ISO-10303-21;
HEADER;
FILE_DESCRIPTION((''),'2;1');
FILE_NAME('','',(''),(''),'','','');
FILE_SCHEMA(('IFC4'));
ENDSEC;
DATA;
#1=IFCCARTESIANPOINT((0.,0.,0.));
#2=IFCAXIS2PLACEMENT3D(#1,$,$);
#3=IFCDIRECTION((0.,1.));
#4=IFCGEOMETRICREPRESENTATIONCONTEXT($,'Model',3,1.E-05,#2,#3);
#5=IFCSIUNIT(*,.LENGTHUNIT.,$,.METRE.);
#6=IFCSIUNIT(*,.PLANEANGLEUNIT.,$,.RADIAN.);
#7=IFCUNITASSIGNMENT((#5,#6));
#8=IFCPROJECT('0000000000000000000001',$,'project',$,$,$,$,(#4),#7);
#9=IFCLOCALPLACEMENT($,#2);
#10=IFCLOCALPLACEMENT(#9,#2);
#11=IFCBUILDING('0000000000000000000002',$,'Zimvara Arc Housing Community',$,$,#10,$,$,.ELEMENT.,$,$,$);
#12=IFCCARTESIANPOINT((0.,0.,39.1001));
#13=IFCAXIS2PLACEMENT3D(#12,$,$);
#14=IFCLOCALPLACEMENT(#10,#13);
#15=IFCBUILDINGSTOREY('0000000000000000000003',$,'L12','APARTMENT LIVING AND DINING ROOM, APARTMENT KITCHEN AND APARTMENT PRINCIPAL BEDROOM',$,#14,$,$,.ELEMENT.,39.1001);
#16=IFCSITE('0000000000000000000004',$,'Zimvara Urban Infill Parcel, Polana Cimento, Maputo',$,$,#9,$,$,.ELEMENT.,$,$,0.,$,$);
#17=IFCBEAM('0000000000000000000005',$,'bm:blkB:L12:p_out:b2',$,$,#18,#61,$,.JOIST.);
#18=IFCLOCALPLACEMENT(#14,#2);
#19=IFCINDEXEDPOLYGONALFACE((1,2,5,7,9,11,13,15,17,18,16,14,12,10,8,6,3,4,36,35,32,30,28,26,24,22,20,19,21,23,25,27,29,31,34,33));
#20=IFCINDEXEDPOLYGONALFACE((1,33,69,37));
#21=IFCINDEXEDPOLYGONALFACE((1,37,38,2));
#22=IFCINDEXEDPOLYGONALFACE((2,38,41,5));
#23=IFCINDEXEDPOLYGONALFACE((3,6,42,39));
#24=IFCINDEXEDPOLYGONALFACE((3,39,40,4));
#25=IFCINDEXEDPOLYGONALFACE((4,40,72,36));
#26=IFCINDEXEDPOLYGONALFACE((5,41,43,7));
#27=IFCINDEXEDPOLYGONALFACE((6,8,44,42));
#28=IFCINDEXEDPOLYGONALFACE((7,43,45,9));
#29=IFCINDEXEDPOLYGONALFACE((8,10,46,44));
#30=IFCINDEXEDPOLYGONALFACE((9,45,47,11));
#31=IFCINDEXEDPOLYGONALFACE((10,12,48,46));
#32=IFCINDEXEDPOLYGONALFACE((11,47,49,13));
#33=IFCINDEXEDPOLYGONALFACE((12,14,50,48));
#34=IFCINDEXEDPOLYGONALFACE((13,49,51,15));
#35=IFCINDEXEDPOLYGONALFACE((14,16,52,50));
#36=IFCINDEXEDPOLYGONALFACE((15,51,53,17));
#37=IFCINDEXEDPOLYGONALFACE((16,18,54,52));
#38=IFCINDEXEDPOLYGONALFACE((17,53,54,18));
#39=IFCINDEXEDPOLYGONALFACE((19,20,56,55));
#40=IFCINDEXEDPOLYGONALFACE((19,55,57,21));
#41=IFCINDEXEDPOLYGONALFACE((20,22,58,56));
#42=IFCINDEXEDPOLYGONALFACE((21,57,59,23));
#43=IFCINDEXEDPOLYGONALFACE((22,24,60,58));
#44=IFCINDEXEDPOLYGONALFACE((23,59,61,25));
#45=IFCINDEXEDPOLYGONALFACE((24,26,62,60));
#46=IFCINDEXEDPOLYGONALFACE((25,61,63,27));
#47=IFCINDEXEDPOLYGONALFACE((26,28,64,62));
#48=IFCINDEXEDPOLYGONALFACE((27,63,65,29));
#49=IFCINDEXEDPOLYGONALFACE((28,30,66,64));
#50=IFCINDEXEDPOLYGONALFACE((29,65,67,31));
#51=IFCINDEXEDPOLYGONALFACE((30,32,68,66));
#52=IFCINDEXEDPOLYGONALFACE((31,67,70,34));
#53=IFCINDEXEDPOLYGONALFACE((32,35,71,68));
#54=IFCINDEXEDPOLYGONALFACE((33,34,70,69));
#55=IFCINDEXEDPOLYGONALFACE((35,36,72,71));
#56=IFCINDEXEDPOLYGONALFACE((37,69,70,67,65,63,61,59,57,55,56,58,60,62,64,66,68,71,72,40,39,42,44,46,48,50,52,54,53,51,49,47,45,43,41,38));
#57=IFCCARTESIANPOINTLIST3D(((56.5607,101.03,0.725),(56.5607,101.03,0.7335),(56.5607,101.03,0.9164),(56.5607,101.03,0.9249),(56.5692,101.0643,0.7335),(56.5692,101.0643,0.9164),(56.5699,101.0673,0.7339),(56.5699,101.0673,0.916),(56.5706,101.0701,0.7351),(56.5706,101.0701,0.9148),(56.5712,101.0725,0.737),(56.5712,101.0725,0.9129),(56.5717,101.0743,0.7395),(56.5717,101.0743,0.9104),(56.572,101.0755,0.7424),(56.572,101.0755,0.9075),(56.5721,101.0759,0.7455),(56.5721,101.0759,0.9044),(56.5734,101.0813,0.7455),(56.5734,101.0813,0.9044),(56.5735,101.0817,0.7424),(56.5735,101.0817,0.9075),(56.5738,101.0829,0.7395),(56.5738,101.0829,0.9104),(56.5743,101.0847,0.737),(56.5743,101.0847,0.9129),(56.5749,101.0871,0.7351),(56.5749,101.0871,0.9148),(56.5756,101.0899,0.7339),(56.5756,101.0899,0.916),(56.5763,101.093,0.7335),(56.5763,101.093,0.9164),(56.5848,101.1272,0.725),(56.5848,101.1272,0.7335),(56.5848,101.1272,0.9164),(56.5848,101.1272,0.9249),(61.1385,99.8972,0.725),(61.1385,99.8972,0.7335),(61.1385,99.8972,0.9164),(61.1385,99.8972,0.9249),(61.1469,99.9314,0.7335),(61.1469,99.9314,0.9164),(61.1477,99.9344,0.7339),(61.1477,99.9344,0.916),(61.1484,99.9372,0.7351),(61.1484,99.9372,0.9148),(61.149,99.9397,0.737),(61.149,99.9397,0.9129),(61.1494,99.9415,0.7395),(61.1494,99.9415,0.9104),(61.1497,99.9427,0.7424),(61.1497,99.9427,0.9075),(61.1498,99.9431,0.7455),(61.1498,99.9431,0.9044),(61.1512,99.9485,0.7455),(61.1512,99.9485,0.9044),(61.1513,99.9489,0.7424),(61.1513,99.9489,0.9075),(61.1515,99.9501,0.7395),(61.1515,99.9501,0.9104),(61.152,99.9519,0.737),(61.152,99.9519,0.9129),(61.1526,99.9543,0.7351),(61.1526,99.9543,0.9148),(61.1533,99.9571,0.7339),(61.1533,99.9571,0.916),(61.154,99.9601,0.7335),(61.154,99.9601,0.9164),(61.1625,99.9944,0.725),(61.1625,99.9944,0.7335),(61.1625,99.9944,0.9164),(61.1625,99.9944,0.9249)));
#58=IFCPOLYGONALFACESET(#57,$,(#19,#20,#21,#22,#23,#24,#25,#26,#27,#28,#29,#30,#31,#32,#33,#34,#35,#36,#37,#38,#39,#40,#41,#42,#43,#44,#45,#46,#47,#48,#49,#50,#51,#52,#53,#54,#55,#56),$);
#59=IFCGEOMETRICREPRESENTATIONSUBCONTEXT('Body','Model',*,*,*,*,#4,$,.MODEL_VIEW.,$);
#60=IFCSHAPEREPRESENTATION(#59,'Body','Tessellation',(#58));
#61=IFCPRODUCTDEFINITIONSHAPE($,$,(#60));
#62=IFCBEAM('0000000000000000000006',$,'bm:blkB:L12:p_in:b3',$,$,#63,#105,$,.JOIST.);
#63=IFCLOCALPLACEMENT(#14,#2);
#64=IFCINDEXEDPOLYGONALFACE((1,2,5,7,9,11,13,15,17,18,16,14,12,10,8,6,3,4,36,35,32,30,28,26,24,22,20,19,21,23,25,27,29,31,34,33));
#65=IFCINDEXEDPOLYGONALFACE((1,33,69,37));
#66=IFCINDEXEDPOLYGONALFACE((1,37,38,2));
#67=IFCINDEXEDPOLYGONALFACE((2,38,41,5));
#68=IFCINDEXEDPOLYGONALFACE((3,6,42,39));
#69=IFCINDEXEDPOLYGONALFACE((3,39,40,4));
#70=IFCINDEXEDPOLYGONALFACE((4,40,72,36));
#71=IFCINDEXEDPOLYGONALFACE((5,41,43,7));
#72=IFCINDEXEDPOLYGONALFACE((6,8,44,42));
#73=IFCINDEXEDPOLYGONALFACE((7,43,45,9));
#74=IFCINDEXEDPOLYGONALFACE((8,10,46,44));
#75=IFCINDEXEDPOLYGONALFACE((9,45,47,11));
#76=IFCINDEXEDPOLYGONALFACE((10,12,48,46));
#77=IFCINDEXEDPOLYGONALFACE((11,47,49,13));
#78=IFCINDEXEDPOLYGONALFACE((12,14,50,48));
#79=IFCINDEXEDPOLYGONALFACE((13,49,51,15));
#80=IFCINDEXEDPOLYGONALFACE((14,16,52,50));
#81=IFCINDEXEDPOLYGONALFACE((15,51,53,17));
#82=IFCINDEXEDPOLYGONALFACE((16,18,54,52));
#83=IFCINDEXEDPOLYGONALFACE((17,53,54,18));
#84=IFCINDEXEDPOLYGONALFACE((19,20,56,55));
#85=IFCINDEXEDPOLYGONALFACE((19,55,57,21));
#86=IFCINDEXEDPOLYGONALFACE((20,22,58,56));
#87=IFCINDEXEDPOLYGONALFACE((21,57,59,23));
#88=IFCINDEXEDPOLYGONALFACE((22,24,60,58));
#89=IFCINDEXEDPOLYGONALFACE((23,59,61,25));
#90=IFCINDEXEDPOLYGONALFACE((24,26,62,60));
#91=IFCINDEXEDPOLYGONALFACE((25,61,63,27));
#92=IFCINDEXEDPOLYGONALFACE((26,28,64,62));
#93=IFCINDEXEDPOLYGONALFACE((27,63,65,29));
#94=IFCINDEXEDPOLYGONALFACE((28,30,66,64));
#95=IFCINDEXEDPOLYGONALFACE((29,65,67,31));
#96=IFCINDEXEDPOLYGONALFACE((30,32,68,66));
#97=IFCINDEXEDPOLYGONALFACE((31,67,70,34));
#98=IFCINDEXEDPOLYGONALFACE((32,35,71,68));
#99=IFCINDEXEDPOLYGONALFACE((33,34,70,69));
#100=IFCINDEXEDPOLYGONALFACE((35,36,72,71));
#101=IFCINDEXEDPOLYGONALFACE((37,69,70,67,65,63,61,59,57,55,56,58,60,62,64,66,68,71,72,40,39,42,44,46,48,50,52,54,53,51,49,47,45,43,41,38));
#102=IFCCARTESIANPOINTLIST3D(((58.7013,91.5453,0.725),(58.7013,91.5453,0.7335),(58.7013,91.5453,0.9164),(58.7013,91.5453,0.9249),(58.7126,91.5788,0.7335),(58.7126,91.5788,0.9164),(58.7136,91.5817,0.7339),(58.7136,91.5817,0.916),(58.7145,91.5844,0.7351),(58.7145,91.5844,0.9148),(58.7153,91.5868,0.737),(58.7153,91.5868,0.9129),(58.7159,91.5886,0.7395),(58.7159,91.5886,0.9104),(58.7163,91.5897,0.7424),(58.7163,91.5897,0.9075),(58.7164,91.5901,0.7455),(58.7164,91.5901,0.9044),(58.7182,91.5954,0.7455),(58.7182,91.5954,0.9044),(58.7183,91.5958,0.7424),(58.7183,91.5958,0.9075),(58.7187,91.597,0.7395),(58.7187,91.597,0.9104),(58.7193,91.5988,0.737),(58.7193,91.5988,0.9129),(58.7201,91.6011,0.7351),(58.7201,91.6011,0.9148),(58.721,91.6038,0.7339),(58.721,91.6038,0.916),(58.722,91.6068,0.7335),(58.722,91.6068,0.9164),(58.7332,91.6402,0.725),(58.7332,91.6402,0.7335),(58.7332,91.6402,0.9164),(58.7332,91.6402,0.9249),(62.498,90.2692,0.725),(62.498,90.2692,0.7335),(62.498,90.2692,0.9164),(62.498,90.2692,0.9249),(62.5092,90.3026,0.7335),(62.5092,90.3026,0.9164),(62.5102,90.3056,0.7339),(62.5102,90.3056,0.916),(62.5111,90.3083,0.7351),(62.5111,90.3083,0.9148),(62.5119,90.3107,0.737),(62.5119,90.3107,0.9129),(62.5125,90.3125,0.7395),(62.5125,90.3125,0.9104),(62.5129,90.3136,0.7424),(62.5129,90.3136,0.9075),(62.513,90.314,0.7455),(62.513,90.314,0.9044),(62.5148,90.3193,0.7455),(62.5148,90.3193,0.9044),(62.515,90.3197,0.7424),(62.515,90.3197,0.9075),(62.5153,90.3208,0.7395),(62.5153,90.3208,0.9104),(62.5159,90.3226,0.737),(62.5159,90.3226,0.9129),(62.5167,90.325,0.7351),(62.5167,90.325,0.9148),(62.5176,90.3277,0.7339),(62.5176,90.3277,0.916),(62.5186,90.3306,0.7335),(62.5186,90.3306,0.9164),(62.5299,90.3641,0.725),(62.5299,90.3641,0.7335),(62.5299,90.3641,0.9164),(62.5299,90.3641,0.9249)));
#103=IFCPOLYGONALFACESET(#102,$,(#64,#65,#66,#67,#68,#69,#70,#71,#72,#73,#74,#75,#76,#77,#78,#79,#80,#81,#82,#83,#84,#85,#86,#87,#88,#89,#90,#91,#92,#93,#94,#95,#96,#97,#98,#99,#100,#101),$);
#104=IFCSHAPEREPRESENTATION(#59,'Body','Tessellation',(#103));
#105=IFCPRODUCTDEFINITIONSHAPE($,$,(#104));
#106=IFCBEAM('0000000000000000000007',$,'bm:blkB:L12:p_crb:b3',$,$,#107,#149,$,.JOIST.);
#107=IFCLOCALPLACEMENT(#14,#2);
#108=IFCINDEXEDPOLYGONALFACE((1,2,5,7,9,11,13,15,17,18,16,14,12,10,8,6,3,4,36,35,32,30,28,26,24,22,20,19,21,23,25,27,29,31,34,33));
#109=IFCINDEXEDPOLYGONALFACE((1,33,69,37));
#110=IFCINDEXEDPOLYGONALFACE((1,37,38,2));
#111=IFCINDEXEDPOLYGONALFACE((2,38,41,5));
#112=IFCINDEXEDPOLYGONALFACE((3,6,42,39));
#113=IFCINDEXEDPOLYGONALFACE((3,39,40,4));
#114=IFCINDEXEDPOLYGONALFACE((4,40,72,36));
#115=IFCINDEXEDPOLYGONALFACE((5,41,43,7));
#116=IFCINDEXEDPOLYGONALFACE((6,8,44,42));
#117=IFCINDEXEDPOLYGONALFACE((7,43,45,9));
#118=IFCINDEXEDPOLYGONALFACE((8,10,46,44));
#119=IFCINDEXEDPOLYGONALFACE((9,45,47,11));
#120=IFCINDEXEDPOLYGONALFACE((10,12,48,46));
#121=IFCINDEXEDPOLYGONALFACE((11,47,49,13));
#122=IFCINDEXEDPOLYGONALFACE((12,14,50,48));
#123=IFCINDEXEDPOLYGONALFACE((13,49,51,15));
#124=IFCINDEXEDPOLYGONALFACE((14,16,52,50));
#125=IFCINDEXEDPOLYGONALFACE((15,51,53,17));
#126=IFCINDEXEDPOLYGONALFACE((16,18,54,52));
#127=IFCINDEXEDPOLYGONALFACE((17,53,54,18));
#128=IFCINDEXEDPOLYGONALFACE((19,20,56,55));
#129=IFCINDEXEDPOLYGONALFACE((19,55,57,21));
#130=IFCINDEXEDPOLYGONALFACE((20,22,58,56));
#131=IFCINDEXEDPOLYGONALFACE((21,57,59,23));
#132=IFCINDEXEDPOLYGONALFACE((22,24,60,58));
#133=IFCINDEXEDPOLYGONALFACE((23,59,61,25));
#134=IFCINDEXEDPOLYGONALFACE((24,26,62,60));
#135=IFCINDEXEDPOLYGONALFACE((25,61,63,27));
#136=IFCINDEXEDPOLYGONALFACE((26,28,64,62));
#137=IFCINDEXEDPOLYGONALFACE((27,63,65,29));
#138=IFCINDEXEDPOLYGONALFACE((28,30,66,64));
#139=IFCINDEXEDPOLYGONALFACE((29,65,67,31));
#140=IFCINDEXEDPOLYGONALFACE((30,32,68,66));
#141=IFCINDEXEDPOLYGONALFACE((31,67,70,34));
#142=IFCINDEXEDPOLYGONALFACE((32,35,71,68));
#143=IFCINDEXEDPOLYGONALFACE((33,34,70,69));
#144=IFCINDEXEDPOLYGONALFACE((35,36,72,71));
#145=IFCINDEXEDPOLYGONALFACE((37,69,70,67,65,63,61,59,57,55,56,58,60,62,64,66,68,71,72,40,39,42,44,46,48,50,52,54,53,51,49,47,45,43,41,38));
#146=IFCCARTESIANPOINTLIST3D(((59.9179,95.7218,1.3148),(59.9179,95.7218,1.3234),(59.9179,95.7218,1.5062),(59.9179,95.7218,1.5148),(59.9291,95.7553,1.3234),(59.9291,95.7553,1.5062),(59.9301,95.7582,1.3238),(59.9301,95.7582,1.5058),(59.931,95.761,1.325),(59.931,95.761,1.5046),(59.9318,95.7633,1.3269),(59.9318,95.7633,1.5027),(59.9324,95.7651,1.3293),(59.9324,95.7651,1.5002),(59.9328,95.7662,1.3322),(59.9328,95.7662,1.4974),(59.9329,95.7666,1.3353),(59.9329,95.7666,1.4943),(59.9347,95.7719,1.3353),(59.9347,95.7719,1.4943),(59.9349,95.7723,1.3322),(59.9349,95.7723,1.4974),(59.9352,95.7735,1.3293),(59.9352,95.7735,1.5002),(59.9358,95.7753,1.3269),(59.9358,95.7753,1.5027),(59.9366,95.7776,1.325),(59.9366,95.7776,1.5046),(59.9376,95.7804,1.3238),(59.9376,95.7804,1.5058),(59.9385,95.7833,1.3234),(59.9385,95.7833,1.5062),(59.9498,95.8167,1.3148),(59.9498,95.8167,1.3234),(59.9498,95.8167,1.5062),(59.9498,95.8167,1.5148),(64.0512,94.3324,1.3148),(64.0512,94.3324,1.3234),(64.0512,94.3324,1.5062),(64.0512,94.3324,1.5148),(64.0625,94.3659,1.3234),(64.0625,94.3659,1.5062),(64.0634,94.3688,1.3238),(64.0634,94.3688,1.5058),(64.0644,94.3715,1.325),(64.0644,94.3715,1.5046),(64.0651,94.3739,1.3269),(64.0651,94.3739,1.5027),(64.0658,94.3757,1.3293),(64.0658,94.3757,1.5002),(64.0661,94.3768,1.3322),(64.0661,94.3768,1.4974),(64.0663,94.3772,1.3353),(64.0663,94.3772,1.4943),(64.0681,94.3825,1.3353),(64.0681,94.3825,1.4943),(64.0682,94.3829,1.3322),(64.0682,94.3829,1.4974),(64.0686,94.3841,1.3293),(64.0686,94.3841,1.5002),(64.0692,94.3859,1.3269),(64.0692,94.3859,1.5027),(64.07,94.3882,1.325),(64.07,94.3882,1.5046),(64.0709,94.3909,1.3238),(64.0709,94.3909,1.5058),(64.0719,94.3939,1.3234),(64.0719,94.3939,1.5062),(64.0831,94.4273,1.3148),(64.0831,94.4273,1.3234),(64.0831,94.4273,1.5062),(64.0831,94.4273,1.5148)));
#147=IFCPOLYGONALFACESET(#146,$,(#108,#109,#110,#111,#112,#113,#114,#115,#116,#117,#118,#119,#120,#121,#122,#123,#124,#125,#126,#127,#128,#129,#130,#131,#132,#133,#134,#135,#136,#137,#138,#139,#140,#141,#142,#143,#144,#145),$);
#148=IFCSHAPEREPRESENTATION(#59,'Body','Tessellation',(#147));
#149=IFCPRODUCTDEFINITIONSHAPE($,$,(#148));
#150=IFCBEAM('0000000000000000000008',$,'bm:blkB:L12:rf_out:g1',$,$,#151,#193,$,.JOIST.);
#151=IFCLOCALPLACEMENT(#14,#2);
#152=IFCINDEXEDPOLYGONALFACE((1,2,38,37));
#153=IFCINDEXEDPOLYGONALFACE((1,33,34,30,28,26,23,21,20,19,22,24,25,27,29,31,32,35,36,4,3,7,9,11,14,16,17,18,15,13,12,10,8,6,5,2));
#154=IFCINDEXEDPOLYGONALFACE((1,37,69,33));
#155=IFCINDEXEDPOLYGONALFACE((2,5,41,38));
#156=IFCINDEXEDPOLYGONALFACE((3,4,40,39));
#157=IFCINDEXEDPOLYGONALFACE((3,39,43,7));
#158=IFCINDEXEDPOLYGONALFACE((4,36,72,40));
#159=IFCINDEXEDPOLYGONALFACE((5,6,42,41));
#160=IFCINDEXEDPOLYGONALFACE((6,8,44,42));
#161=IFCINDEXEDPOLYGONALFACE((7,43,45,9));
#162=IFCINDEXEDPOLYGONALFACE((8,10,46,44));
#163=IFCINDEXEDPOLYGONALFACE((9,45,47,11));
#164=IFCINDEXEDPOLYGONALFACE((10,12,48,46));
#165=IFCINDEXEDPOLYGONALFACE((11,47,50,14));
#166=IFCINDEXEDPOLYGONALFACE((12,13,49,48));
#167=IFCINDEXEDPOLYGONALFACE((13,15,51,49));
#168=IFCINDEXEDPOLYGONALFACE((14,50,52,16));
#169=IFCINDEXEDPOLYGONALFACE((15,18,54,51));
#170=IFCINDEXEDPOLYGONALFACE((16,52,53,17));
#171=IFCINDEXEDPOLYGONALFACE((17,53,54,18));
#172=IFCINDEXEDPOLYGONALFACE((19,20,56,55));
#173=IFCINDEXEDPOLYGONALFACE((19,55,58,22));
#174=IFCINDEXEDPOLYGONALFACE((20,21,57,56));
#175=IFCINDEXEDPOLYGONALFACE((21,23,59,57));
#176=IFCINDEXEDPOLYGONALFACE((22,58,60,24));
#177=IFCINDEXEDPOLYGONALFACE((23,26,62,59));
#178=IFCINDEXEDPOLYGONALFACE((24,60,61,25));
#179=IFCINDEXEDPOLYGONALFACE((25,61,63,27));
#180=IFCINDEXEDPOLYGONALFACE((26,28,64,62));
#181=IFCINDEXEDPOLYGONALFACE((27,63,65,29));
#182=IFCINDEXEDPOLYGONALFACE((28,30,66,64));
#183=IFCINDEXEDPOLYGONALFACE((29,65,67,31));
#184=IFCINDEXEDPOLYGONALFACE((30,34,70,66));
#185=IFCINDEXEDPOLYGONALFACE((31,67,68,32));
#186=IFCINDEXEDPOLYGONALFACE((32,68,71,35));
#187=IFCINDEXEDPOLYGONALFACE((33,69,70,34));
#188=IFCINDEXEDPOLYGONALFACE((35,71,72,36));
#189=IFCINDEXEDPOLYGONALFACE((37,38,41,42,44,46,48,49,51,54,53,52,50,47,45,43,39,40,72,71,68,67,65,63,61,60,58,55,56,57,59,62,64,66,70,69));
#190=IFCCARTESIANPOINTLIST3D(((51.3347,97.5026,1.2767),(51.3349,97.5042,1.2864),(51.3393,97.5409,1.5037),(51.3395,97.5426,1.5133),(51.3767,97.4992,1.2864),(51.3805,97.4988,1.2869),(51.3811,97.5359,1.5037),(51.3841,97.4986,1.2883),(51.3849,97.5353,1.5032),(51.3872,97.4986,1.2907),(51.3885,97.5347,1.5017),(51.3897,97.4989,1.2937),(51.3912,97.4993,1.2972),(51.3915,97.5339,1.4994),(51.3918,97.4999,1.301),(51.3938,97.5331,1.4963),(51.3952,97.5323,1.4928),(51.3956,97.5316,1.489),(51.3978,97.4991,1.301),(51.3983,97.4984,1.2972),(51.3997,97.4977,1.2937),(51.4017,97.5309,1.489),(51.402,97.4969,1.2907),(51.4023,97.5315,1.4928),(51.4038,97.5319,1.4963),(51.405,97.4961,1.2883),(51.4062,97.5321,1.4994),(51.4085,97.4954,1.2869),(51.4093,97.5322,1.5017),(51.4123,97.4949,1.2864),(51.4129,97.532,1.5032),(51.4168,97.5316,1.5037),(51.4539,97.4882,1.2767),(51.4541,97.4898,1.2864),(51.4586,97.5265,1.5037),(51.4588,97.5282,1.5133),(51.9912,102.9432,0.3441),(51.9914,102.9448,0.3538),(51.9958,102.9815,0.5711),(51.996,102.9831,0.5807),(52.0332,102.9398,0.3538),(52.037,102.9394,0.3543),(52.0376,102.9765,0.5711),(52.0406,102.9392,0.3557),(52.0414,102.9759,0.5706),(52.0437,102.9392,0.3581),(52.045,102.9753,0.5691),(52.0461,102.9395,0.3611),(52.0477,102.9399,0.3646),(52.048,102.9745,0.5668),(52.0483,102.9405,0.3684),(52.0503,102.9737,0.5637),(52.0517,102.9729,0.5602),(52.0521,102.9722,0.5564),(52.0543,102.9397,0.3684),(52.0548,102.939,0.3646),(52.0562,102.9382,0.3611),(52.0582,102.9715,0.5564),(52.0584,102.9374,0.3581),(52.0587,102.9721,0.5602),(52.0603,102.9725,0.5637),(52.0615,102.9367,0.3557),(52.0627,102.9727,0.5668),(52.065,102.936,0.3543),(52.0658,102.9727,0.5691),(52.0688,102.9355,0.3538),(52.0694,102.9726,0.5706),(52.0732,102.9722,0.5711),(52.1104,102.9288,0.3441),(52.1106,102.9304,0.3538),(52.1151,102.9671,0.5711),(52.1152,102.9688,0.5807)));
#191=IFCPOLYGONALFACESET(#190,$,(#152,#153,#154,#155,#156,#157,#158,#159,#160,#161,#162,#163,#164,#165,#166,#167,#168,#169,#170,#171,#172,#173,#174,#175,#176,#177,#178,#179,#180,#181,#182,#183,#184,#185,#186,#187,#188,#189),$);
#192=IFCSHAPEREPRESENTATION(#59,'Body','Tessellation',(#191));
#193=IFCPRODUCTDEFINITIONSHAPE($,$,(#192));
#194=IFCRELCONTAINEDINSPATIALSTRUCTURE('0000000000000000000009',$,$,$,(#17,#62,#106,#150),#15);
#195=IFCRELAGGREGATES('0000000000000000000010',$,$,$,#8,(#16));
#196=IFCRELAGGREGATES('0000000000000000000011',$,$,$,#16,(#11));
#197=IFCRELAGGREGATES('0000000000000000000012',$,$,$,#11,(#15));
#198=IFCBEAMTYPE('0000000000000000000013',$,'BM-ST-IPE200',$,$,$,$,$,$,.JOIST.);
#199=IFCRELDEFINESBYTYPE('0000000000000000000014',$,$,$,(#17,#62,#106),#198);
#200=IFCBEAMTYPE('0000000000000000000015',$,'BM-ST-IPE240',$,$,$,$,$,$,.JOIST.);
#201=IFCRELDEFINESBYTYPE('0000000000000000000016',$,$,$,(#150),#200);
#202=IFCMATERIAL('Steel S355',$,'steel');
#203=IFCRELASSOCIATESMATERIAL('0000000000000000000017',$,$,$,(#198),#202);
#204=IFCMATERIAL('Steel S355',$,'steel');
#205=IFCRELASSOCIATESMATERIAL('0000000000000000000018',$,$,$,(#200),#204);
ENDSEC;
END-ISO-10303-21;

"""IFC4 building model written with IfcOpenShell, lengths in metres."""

from ifc_helpers import new_model, si_unit, direction, frame, origin, origin_2d, place, context, subcontext, project, spatial, i_section, extrude, material, material_profile, profile_set, type_object, element, save


model = new_model("IFC4")

# Units and contexts
model_context = context("Model", 3, precision=1e-05, world=origin(), true_north=direction((0.0, 1.0)))
body_context = subcontext(model_context, "Body", "Model", "MODEL_VIEW")
ifc_project = project(units=[si_unit("LENGTHUNIT", "METRE"), si_unit("PLANEANGLEUNIT", "RADIAN")], contexts=[model_context])

# Site, building, storey
site_placement = place(None, origin())
site = spatial("IfcSite", under=ifc_project, at=site_placement, Name="Zimvara Urban Infill Parcel, Polana Cimento, Maputo", CompositionType="ELEMENT", RefElevation=0.0)
building_placement = place(site_placement, origin())
building = spatial("IfcBuilding", under=site, at=building_placement, Name="Zimvara Arc Housing Community", CompositionType="ELEMENT")
storey_placement = place(building_placement, frame((0.0, 0.0, 39.1001)))
storey = spatial("IfcBuildingStorey", under=building, at=storey_placement, Name="L12", Description="APARTMENT LIVING AND DINING ROOM, APARTMENT KITCHEN AND APARTMENT PRINCIPAL BEDROOM", CompositionType="ELEMENT", Elevation=39.1001)

# Beams
ifc_material_1 = material(Name="Steel S355", Category="steel")
ifc_material_profile_1 = material_profile(ifc_material_1, i_section(OverallWidth=0.1001, OverallDepth=0.2, WebThickness=0.0056, FlangeThickness=0.0085, FilletRadius=0.012, at=origin_2d()), Name="IPE 200")
ifc_profile_set_1 = profile_set([ifc_material_profile_1], Name="Steel S355")
beam_type_1 = type_object("IfcBeamType", Name="BM-ST-IPE200", PredefinedType="JOIST", material=ifc_profile_set_1)
beam_1_placement = place(storey_placement, frame((56.5728, 101.0786, 0.825), z_axis=(0.970718, -0.24022, 0.0), x_axis=(0.24022, 0.970718, 0.0)))
element("IfcBeam", 1, at=beam_1_placement, inside=storey, type_object=beam_type_1, Name="bm:blkB:L12:p_out:b2", PredefinedType="JOIST", context=body_context, shape_type="SweptSolid", body=[
    extrude(i_section(OverallWidth=0.1001, OverallDepth=0.2, WebThickness=0.0056, FlangeThickness=0.0085, FilletRadius=0.012, at=origin_2d()), origin(), (0.0, 0.0, 1.0), 4.7158),
])
beam_2_placement = place(storey_placement, frame((58.7173, 91.5928, 0.825), z_axis=(0.947888, -0.318604, 0.0), x_axis=(0.318604, 0.947888, 0.0)))
element("IfcBeam", 2, at=beam_2_placement, inside=storey, type_object=beam_type_1, Name="bm:blkB:L12:p_in:b3", PredefinedType="JOIST", context=body_context, shape_type="SweptSolid", body=[
    extrude(i_section(OverallWidth=0.1001, OverallDepth=0.2, WebThickness=0.0056, FlangeThickness=0.0085, FilletRadius=0.012, at=origin_2d()), origin(), (0.0, 0.0, 1.0), 4.0054),
])
beam_3_placement = place(storey_placement, frame((59.9338, 95.7693, 1.4148), z_axis=(0.94788, -0.318629, 0.0), x_axis=(0.318629, 0.94788, 0.0)))
element("IfcBeam", 3, at=beam_3_placement, inside=storey, type_object=beam_type_1, Name="bm:blkB:L12:p_crb:b3", PredefinedType="JOIST", context=body_context, shape_type="SweptSolid", body=[
    extrude(i_section(OverallWidth=0.1001, OverallDepth=0.2, WebThickness=0.0056, FlangeThickness=0.0085, FilletRadius=0.012, at=origin_2d()), origin(), (0.0, 0.0, 1.0), 4.3606),
])
ifc_material_2 = material(Name="Steel S355", Category="steel")
ifc_material_profile_2 = material_profile(ifc_material_2, i_section(OverallWidth=0.1201, OverallDepth=0.24, WebThickness=0.0061, FlangeThickness=0.0098, FilletRadius=0.0149, at=origin_2d()), Name="IPE 240")
ifc_profile_set_2 = profile_set([ifc_material_profile_2], Name="Steel S355")
beam_type_2 = type_object("IfcBeamType", Name="BM-ST-IPE240", PredefinedType="JOIST", material=ifc_profile_set_2)
for number, where, z_axis, x_axis, name in (
    (4, (51.3967, 97.5154, 1.395), (0.118097, 0.978727, -0.167769), (-0.992799, 0.119795, 0.0), "bm:blkB:L12:rf_out:g1"),
):
    element("IfcBeam", number, at=place(storey_placement, frame(where, z_axis=z_axis, x_axis=x_axis)), inside=storey, type_object=beam_type_2, Name=name, PredefinedType="JOIST", context=body_context, shape_type="SweptSolid", body=[
        extrude(i_section(OverallWidth=0.1201, OverallDepth=0.24, WebThickness=0.0061, FlangeThickness=0.0098, FilletRadius=0.0149, at=origin_2d()), origin(), (0.0, 0.0, 1.0), 5.5588),
    ])

save(model, "model.ifc")
